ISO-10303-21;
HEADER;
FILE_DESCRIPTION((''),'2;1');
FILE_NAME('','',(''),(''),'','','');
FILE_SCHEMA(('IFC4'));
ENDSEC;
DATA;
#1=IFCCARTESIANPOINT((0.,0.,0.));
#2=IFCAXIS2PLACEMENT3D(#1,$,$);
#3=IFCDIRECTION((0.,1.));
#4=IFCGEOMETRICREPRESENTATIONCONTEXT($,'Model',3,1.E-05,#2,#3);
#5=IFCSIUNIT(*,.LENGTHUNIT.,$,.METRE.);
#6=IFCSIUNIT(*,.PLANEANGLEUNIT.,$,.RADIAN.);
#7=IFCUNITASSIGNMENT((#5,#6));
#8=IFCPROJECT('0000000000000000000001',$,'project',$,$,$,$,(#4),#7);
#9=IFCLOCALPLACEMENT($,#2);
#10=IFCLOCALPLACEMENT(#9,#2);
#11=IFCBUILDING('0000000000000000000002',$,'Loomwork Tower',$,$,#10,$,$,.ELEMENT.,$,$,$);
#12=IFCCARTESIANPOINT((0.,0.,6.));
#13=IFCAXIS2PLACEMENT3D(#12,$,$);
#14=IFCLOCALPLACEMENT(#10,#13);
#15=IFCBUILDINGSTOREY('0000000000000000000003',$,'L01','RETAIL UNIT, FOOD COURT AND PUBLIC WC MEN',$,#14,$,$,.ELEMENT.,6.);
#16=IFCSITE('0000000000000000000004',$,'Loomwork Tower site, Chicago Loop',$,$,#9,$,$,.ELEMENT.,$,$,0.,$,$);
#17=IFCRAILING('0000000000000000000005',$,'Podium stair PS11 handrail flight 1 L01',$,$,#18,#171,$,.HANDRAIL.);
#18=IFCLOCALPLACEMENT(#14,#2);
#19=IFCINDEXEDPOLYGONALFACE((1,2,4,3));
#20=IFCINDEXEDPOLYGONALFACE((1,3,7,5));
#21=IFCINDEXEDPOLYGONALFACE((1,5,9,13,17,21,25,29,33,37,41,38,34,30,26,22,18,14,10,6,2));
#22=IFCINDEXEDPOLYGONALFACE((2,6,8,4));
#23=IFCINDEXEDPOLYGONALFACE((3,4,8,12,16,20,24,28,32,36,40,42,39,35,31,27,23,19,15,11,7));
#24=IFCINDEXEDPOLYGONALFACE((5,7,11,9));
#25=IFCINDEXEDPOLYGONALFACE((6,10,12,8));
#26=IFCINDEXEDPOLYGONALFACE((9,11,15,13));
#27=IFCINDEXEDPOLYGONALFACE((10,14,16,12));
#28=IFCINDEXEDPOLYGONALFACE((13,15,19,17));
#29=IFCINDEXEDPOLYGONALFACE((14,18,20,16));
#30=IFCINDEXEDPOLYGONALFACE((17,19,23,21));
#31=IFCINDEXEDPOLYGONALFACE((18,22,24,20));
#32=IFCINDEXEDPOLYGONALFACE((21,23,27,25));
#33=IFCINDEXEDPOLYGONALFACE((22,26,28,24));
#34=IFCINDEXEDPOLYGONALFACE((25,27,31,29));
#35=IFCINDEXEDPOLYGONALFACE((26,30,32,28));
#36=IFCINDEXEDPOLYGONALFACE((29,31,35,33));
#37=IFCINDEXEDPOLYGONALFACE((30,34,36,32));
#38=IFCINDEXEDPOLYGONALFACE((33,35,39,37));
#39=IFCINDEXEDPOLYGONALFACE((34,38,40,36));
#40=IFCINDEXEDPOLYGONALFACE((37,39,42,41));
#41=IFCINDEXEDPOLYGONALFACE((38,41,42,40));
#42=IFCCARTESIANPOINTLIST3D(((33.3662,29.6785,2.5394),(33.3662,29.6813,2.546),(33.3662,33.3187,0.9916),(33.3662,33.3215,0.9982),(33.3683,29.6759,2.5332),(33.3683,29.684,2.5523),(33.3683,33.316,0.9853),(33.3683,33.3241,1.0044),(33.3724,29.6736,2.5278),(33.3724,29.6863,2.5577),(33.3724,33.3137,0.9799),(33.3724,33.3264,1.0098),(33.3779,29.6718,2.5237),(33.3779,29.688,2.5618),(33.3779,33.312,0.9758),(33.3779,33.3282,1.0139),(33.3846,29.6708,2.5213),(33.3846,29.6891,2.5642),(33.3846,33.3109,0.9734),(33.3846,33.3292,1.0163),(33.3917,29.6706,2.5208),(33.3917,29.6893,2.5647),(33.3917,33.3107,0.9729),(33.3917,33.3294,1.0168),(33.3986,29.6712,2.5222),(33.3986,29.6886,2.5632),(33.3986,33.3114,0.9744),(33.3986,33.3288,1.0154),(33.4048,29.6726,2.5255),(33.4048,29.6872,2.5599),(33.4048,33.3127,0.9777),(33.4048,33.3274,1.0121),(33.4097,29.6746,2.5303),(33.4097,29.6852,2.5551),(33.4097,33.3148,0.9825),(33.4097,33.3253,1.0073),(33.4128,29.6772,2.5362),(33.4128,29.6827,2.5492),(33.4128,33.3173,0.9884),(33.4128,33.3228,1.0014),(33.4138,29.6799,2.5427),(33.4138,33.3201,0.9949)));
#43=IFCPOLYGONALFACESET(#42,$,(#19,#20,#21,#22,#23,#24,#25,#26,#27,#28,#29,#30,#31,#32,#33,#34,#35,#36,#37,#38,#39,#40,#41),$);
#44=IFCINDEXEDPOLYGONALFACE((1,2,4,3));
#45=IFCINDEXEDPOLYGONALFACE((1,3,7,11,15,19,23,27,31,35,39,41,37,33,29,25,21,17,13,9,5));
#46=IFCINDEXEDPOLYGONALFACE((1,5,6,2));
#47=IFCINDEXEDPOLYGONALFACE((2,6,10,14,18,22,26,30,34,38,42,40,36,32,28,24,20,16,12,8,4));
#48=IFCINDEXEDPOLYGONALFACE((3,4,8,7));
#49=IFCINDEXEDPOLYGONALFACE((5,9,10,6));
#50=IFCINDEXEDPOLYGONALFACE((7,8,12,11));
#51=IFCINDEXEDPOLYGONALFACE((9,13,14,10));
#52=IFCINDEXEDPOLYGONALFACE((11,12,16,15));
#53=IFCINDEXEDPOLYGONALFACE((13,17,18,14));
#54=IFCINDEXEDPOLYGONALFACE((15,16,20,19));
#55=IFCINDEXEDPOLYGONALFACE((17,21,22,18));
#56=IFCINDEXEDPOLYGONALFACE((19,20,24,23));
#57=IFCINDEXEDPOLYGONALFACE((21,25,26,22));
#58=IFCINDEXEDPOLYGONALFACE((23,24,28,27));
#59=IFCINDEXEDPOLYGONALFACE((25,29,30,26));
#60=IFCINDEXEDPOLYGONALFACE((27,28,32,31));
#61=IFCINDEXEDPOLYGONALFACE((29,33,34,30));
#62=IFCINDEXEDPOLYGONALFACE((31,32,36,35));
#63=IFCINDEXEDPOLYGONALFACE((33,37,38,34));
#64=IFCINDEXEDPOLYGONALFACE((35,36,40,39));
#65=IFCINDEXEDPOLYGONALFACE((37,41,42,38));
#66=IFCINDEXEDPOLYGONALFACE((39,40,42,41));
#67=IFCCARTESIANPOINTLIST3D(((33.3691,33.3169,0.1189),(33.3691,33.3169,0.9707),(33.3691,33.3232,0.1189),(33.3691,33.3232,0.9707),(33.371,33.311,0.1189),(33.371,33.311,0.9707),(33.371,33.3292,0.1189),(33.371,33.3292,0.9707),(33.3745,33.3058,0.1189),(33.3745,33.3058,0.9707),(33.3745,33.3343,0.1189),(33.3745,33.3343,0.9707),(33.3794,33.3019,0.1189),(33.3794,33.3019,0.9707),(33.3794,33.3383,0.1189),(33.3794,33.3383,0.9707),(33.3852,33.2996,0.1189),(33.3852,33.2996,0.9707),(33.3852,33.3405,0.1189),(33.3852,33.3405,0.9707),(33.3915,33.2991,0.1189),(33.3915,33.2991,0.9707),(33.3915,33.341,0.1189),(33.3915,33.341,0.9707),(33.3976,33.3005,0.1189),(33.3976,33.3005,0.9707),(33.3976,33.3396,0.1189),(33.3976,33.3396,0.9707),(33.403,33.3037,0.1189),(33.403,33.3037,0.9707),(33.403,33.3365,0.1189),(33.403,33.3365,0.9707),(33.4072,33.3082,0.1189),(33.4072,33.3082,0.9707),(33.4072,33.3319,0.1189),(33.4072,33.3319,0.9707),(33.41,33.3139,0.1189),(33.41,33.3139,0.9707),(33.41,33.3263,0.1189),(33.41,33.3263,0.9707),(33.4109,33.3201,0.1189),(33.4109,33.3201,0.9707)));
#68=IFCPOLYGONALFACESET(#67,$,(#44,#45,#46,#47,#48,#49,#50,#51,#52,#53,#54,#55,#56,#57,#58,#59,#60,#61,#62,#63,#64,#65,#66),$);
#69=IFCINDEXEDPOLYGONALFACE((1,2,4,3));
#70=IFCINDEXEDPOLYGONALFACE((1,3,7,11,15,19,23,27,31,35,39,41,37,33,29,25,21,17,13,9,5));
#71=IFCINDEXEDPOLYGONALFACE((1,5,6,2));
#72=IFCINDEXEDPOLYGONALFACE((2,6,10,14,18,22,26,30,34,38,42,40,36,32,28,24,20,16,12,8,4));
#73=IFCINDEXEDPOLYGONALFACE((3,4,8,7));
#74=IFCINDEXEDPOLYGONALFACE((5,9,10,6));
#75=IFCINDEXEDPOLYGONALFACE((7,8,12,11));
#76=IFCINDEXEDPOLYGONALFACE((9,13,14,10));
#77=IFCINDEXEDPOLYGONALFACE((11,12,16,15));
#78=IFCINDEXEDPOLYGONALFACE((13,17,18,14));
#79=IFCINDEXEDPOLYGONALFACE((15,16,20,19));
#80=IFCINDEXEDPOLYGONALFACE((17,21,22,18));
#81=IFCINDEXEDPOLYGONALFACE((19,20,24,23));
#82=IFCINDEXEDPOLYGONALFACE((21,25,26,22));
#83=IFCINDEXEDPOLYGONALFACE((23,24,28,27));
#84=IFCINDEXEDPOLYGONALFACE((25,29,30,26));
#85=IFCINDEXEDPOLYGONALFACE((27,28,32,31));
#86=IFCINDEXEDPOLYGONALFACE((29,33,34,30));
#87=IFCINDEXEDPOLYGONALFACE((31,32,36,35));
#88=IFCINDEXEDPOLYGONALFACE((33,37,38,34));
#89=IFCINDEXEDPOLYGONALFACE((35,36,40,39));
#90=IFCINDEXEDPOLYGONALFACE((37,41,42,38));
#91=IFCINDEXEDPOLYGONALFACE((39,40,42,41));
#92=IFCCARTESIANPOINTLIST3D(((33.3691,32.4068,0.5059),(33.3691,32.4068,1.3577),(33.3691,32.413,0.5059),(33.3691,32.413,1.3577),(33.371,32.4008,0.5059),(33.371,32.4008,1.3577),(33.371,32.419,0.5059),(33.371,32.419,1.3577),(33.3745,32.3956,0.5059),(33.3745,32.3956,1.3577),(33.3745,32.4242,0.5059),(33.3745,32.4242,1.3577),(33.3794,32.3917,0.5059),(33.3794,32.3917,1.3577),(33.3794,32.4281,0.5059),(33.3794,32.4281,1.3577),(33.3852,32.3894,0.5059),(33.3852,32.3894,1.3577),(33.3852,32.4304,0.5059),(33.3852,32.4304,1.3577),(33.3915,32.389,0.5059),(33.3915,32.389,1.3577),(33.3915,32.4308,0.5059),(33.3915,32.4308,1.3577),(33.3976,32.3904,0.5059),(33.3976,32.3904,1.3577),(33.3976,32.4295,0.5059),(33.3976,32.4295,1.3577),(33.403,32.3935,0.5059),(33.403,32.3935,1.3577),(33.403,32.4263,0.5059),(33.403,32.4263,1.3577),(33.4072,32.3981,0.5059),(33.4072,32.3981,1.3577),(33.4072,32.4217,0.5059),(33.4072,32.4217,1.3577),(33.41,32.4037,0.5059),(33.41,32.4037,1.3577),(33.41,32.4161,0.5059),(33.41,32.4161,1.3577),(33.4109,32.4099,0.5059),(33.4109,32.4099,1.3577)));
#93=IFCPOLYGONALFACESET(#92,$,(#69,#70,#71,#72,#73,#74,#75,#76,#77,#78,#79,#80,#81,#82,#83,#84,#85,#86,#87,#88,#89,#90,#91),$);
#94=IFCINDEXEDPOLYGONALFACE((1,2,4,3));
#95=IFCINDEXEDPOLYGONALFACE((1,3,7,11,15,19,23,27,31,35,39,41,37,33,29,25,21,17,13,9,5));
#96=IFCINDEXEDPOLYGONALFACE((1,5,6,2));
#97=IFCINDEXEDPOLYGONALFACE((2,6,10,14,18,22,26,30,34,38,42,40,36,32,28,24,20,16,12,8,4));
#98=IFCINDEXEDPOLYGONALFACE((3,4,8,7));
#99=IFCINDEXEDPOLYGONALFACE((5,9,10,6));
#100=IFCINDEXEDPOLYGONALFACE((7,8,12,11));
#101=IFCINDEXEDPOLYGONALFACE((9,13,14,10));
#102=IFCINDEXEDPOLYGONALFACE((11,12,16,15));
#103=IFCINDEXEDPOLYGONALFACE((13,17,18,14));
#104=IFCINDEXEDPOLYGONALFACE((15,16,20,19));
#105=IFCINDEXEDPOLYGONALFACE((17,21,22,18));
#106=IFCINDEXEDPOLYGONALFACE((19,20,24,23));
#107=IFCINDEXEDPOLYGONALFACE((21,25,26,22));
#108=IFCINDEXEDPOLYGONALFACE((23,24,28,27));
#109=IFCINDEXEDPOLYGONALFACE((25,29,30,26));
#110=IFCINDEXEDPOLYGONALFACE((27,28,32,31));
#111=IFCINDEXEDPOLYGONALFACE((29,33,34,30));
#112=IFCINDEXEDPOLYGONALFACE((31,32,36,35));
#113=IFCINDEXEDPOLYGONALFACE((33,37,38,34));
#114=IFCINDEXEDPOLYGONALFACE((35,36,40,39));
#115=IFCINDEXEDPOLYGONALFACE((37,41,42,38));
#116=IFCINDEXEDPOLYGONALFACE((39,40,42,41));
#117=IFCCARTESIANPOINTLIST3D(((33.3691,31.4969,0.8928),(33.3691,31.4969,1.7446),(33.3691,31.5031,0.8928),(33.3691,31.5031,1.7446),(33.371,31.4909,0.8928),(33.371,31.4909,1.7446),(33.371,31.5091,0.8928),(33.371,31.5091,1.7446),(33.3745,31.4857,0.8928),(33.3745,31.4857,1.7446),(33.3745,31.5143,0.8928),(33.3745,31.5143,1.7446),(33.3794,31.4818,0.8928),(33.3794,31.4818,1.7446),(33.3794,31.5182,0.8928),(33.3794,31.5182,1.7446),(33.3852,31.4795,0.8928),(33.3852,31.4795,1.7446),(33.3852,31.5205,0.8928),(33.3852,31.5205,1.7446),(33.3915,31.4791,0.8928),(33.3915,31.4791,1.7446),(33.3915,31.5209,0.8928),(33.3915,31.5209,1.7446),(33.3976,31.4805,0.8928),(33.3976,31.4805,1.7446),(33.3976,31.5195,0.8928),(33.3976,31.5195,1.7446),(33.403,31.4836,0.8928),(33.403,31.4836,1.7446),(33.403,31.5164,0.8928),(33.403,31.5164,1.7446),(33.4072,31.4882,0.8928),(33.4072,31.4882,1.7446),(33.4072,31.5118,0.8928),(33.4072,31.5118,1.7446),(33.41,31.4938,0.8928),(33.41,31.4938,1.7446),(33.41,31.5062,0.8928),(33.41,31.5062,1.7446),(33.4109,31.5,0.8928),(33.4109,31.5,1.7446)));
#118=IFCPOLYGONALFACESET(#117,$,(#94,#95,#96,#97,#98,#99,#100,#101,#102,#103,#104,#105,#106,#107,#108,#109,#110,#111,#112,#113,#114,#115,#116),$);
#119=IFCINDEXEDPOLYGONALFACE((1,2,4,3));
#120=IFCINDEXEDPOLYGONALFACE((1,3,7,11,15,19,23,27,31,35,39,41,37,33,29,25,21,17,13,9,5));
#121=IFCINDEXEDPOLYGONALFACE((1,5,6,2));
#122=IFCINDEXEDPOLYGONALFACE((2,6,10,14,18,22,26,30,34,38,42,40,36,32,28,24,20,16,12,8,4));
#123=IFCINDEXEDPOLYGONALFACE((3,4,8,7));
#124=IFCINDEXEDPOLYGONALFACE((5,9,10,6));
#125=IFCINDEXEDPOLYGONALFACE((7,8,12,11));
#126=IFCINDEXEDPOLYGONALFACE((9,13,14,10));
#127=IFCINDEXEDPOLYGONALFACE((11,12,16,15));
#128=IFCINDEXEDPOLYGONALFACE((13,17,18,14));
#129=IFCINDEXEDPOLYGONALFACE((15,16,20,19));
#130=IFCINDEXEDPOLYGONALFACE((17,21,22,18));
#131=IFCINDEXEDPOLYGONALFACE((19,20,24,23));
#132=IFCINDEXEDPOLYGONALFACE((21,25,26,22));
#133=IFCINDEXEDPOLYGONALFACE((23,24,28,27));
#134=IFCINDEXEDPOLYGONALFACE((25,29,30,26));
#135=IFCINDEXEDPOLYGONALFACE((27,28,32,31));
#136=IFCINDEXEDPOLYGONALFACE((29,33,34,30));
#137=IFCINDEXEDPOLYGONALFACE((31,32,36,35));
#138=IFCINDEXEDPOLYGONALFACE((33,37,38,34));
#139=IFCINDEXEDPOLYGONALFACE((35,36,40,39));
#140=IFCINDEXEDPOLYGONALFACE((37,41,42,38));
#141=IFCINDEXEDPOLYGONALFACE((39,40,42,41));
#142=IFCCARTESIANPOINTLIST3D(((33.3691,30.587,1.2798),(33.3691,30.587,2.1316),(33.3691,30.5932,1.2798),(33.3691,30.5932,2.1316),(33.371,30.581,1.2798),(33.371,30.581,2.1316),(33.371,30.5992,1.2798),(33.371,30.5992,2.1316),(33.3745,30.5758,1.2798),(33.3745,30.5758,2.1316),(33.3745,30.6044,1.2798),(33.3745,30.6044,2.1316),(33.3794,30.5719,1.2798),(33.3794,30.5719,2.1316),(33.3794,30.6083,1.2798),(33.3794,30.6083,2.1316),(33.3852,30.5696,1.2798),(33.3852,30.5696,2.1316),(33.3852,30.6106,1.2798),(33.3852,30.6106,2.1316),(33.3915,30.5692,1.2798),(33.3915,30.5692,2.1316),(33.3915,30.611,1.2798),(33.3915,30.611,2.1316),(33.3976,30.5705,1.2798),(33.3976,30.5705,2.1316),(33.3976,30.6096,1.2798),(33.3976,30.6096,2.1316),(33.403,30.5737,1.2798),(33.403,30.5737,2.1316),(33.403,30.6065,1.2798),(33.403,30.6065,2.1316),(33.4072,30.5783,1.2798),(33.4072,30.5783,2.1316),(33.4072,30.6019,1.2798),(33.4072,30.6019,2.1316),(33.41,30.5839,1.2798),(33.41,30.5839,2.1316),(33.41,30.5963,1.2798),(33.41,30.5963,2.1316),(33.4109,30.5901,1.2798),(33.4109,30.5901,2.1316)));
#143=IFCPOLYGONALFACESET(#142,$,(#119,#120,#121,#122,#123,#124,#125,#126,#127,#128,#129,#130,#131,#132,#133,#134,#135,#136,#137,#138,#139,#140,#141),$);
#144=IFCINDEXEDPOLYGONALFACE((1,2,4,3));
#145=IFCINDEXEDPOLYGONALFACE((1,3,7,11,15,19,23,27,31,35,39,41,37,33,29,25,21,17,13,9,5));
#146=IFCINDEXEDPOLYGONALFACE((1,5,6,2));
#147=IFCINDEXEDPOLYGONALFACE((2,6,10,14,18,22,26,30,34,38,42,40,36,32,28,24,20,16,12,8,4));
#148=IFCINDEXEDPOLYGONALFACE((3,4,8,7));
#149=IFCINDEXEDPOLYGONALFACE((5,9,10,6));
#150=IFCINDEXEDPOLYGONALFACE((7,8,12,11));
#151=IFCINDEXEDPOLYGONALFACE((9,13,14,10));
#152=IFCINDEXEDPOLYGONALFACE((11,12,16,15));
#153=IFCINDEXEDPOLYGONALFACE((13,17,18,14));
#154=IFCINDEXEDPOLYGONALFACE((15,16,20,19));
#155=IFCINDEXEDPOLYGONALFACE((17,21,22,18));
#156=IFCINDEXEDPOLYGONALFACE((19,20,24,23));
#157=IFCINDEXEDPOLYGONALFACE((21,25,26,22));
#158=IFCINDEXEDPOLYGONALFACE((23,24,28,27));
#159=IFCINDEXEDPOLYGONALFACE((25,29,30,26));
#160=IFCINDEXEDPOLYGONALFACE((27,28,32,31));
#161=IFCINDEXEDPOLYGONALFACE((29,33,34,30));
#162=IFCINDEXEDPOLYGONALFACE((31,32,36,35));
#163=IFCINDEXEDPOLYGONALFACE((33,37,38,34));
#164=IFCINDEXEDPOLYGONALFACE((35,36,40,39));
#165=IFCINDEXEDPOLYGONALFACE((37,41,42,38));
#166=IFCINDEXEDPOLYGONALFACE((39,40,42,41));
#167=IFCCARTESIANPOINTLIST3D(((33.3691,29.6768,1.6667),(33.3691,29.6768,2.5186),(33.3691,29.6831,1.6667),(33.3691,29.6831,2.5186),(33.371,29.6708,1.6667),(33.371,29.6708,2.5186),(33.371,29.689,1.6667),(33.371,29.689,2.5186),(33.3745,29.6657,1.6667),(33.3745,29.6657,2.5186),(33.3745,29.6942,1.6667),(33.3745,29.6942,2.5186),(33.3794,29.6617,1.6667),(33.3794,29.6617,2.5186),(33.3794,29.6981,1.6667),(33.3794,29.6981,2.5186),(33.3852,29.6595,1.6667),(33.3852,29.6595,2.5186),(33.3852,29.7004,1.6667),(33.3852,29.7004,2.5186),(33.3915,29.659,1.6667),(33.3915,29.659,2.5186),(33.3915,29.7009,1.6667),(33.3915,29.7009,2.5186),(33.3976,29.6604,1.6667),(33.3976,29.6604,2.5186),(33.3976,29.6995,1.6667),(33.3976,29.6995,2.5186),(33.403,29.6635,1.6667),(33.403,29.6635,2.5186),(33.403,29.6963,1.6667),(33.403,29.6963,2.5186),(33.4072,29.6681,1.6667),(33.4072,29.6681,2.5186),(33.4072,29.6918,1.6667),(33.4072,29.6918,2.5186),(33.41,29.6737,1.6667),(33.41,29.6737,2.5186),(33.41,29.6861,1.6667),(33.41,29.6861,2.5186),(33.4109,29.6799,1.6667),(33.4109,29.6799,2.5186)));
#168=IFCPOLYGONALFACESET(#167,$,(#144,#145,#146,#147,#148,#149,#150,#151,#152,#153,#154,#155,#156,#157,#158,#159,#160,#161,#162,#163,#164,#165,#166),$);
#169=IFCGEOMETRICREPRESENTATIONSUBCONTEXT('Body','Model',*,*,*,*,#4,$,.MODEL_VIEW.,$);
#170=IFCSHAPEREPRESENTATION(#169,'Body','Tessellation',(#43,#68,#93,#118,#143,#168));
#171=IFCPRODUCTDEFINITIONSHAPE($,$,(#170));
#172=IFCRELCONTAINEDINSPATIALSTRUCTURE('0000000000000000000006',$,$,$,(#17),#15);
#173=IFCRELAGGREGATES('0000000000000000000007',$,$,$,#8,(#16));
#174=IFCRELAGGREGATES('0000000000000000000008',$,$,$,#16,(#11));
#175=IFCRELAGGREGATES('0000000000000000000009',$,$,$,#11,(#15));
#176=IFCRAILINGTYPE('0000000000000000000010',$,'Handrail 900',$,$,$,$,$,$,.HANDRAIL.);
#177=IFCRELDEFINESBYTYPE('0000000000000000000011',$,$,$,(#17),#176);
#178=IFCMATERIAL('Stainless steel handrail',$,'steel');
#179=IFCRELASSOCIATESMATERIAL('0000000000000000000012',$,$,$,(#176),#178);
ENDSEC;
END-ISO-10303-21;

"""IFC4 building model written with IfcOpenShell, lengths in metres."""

from ifc_helpers import new_model, si_unit, direction, frame, origin, origin_2d, place, context, subcontext, project, spatial, circle, extrude, material, type_object, element, save


model = new_model("IFC4")

# Units and contexts
model_context = context("Model", 3, precision=1e-05, world=origin(), true_north=direction((0.0, 1.0)))
body_context = subcontext(model_context, "Body", "Model", "MODEL_VIEW")
ifc_project = project(units=[si_unit("LENGTHUNIT", "METRE"), si_unit("PLANEANGLEUNIT", "RADIAN")], contexts=[model_context])

# Site, building, storey
site_placement = place(None, origin())
site = spatial("IfcSite", under=ifc_project, at=site_placement, Name="Loomwork Tower site, Chicago Loop", CompositionType="ELEMENT", RefElevation=0.0)
building_placement = place(site_placement, origin())
building = spatial("IfcBuilding", under=site, at=building_placement, Name="Loomwork Tower", CompositionType="ELEMENT")
storey_placement = place(building_placement, frame((0.0, 0.0, 6.0)))
storey = spatial("IfcBuildingStorey", under=building, at=storey_placement, Name="L01", Description="RETAIL UNIT, FOOD COURT AND PUBLIC WC MEN", CompositionType="ELEMENT", Elevation=6.0)

# Railing
ifc_material_1 = material(Name="Stainless steel handrail", Category="steel")
railing_type = type_object("IfcRailingType", Name="Handrail 900", PredefinedType="HANDRAIL", material=ifc_material_1)
railing_1_placement = place(storey_placement, frame((33.3899, 33.3201, 0.1189)))
element("IfcRailing", 1, at=railing_1_placement, inside=storey, type_object=railing_type, Name="Podium stair PS11 handrail flight 1 L01", PredefinedType="HANDRAIL", context=body_context, shape_type="SweptSolid", body=[
    extrude(circle(Radius=0.0239, at=origin_2d()), frame((0.0, 0.0, 0.876), z_axis=(0.0, -0.920259, 0.391311), x_axis=(1.0, 0.0, 0.0)), (0.0, 0.0, 1.0), 3.9556),
    extrude(circle(Radius=0.021, at=origin_2d()), origin(), (0.0, 0.0, 1.0), 0.8518),
    extrude(circle(Radius=0.021, at=origin_2d()), frame((0.0, -0.9102, 0.387)), (0.0, 0.0, 1.0), 0.8518),
    extrude(circle(Radius=0.021, at=origin_2d()), frame((0.0, -1.8201, 0.7739)), (0.0, 0.0, 1.0), 0.8518),
    extrude(circle(Radius=0.021, at=origin_2d()), frame((0.0, -2.73, 1.1609)), (0.0, 0.0, 1.0), 0.8518),
    extrude(circle(Radius=0.021, at=origin_2d()), frame((0.0, -3.6401, 1.5479)), (0.0, 0.0, 1.0), 0.8518),
])

save(model, "model.ifc")
